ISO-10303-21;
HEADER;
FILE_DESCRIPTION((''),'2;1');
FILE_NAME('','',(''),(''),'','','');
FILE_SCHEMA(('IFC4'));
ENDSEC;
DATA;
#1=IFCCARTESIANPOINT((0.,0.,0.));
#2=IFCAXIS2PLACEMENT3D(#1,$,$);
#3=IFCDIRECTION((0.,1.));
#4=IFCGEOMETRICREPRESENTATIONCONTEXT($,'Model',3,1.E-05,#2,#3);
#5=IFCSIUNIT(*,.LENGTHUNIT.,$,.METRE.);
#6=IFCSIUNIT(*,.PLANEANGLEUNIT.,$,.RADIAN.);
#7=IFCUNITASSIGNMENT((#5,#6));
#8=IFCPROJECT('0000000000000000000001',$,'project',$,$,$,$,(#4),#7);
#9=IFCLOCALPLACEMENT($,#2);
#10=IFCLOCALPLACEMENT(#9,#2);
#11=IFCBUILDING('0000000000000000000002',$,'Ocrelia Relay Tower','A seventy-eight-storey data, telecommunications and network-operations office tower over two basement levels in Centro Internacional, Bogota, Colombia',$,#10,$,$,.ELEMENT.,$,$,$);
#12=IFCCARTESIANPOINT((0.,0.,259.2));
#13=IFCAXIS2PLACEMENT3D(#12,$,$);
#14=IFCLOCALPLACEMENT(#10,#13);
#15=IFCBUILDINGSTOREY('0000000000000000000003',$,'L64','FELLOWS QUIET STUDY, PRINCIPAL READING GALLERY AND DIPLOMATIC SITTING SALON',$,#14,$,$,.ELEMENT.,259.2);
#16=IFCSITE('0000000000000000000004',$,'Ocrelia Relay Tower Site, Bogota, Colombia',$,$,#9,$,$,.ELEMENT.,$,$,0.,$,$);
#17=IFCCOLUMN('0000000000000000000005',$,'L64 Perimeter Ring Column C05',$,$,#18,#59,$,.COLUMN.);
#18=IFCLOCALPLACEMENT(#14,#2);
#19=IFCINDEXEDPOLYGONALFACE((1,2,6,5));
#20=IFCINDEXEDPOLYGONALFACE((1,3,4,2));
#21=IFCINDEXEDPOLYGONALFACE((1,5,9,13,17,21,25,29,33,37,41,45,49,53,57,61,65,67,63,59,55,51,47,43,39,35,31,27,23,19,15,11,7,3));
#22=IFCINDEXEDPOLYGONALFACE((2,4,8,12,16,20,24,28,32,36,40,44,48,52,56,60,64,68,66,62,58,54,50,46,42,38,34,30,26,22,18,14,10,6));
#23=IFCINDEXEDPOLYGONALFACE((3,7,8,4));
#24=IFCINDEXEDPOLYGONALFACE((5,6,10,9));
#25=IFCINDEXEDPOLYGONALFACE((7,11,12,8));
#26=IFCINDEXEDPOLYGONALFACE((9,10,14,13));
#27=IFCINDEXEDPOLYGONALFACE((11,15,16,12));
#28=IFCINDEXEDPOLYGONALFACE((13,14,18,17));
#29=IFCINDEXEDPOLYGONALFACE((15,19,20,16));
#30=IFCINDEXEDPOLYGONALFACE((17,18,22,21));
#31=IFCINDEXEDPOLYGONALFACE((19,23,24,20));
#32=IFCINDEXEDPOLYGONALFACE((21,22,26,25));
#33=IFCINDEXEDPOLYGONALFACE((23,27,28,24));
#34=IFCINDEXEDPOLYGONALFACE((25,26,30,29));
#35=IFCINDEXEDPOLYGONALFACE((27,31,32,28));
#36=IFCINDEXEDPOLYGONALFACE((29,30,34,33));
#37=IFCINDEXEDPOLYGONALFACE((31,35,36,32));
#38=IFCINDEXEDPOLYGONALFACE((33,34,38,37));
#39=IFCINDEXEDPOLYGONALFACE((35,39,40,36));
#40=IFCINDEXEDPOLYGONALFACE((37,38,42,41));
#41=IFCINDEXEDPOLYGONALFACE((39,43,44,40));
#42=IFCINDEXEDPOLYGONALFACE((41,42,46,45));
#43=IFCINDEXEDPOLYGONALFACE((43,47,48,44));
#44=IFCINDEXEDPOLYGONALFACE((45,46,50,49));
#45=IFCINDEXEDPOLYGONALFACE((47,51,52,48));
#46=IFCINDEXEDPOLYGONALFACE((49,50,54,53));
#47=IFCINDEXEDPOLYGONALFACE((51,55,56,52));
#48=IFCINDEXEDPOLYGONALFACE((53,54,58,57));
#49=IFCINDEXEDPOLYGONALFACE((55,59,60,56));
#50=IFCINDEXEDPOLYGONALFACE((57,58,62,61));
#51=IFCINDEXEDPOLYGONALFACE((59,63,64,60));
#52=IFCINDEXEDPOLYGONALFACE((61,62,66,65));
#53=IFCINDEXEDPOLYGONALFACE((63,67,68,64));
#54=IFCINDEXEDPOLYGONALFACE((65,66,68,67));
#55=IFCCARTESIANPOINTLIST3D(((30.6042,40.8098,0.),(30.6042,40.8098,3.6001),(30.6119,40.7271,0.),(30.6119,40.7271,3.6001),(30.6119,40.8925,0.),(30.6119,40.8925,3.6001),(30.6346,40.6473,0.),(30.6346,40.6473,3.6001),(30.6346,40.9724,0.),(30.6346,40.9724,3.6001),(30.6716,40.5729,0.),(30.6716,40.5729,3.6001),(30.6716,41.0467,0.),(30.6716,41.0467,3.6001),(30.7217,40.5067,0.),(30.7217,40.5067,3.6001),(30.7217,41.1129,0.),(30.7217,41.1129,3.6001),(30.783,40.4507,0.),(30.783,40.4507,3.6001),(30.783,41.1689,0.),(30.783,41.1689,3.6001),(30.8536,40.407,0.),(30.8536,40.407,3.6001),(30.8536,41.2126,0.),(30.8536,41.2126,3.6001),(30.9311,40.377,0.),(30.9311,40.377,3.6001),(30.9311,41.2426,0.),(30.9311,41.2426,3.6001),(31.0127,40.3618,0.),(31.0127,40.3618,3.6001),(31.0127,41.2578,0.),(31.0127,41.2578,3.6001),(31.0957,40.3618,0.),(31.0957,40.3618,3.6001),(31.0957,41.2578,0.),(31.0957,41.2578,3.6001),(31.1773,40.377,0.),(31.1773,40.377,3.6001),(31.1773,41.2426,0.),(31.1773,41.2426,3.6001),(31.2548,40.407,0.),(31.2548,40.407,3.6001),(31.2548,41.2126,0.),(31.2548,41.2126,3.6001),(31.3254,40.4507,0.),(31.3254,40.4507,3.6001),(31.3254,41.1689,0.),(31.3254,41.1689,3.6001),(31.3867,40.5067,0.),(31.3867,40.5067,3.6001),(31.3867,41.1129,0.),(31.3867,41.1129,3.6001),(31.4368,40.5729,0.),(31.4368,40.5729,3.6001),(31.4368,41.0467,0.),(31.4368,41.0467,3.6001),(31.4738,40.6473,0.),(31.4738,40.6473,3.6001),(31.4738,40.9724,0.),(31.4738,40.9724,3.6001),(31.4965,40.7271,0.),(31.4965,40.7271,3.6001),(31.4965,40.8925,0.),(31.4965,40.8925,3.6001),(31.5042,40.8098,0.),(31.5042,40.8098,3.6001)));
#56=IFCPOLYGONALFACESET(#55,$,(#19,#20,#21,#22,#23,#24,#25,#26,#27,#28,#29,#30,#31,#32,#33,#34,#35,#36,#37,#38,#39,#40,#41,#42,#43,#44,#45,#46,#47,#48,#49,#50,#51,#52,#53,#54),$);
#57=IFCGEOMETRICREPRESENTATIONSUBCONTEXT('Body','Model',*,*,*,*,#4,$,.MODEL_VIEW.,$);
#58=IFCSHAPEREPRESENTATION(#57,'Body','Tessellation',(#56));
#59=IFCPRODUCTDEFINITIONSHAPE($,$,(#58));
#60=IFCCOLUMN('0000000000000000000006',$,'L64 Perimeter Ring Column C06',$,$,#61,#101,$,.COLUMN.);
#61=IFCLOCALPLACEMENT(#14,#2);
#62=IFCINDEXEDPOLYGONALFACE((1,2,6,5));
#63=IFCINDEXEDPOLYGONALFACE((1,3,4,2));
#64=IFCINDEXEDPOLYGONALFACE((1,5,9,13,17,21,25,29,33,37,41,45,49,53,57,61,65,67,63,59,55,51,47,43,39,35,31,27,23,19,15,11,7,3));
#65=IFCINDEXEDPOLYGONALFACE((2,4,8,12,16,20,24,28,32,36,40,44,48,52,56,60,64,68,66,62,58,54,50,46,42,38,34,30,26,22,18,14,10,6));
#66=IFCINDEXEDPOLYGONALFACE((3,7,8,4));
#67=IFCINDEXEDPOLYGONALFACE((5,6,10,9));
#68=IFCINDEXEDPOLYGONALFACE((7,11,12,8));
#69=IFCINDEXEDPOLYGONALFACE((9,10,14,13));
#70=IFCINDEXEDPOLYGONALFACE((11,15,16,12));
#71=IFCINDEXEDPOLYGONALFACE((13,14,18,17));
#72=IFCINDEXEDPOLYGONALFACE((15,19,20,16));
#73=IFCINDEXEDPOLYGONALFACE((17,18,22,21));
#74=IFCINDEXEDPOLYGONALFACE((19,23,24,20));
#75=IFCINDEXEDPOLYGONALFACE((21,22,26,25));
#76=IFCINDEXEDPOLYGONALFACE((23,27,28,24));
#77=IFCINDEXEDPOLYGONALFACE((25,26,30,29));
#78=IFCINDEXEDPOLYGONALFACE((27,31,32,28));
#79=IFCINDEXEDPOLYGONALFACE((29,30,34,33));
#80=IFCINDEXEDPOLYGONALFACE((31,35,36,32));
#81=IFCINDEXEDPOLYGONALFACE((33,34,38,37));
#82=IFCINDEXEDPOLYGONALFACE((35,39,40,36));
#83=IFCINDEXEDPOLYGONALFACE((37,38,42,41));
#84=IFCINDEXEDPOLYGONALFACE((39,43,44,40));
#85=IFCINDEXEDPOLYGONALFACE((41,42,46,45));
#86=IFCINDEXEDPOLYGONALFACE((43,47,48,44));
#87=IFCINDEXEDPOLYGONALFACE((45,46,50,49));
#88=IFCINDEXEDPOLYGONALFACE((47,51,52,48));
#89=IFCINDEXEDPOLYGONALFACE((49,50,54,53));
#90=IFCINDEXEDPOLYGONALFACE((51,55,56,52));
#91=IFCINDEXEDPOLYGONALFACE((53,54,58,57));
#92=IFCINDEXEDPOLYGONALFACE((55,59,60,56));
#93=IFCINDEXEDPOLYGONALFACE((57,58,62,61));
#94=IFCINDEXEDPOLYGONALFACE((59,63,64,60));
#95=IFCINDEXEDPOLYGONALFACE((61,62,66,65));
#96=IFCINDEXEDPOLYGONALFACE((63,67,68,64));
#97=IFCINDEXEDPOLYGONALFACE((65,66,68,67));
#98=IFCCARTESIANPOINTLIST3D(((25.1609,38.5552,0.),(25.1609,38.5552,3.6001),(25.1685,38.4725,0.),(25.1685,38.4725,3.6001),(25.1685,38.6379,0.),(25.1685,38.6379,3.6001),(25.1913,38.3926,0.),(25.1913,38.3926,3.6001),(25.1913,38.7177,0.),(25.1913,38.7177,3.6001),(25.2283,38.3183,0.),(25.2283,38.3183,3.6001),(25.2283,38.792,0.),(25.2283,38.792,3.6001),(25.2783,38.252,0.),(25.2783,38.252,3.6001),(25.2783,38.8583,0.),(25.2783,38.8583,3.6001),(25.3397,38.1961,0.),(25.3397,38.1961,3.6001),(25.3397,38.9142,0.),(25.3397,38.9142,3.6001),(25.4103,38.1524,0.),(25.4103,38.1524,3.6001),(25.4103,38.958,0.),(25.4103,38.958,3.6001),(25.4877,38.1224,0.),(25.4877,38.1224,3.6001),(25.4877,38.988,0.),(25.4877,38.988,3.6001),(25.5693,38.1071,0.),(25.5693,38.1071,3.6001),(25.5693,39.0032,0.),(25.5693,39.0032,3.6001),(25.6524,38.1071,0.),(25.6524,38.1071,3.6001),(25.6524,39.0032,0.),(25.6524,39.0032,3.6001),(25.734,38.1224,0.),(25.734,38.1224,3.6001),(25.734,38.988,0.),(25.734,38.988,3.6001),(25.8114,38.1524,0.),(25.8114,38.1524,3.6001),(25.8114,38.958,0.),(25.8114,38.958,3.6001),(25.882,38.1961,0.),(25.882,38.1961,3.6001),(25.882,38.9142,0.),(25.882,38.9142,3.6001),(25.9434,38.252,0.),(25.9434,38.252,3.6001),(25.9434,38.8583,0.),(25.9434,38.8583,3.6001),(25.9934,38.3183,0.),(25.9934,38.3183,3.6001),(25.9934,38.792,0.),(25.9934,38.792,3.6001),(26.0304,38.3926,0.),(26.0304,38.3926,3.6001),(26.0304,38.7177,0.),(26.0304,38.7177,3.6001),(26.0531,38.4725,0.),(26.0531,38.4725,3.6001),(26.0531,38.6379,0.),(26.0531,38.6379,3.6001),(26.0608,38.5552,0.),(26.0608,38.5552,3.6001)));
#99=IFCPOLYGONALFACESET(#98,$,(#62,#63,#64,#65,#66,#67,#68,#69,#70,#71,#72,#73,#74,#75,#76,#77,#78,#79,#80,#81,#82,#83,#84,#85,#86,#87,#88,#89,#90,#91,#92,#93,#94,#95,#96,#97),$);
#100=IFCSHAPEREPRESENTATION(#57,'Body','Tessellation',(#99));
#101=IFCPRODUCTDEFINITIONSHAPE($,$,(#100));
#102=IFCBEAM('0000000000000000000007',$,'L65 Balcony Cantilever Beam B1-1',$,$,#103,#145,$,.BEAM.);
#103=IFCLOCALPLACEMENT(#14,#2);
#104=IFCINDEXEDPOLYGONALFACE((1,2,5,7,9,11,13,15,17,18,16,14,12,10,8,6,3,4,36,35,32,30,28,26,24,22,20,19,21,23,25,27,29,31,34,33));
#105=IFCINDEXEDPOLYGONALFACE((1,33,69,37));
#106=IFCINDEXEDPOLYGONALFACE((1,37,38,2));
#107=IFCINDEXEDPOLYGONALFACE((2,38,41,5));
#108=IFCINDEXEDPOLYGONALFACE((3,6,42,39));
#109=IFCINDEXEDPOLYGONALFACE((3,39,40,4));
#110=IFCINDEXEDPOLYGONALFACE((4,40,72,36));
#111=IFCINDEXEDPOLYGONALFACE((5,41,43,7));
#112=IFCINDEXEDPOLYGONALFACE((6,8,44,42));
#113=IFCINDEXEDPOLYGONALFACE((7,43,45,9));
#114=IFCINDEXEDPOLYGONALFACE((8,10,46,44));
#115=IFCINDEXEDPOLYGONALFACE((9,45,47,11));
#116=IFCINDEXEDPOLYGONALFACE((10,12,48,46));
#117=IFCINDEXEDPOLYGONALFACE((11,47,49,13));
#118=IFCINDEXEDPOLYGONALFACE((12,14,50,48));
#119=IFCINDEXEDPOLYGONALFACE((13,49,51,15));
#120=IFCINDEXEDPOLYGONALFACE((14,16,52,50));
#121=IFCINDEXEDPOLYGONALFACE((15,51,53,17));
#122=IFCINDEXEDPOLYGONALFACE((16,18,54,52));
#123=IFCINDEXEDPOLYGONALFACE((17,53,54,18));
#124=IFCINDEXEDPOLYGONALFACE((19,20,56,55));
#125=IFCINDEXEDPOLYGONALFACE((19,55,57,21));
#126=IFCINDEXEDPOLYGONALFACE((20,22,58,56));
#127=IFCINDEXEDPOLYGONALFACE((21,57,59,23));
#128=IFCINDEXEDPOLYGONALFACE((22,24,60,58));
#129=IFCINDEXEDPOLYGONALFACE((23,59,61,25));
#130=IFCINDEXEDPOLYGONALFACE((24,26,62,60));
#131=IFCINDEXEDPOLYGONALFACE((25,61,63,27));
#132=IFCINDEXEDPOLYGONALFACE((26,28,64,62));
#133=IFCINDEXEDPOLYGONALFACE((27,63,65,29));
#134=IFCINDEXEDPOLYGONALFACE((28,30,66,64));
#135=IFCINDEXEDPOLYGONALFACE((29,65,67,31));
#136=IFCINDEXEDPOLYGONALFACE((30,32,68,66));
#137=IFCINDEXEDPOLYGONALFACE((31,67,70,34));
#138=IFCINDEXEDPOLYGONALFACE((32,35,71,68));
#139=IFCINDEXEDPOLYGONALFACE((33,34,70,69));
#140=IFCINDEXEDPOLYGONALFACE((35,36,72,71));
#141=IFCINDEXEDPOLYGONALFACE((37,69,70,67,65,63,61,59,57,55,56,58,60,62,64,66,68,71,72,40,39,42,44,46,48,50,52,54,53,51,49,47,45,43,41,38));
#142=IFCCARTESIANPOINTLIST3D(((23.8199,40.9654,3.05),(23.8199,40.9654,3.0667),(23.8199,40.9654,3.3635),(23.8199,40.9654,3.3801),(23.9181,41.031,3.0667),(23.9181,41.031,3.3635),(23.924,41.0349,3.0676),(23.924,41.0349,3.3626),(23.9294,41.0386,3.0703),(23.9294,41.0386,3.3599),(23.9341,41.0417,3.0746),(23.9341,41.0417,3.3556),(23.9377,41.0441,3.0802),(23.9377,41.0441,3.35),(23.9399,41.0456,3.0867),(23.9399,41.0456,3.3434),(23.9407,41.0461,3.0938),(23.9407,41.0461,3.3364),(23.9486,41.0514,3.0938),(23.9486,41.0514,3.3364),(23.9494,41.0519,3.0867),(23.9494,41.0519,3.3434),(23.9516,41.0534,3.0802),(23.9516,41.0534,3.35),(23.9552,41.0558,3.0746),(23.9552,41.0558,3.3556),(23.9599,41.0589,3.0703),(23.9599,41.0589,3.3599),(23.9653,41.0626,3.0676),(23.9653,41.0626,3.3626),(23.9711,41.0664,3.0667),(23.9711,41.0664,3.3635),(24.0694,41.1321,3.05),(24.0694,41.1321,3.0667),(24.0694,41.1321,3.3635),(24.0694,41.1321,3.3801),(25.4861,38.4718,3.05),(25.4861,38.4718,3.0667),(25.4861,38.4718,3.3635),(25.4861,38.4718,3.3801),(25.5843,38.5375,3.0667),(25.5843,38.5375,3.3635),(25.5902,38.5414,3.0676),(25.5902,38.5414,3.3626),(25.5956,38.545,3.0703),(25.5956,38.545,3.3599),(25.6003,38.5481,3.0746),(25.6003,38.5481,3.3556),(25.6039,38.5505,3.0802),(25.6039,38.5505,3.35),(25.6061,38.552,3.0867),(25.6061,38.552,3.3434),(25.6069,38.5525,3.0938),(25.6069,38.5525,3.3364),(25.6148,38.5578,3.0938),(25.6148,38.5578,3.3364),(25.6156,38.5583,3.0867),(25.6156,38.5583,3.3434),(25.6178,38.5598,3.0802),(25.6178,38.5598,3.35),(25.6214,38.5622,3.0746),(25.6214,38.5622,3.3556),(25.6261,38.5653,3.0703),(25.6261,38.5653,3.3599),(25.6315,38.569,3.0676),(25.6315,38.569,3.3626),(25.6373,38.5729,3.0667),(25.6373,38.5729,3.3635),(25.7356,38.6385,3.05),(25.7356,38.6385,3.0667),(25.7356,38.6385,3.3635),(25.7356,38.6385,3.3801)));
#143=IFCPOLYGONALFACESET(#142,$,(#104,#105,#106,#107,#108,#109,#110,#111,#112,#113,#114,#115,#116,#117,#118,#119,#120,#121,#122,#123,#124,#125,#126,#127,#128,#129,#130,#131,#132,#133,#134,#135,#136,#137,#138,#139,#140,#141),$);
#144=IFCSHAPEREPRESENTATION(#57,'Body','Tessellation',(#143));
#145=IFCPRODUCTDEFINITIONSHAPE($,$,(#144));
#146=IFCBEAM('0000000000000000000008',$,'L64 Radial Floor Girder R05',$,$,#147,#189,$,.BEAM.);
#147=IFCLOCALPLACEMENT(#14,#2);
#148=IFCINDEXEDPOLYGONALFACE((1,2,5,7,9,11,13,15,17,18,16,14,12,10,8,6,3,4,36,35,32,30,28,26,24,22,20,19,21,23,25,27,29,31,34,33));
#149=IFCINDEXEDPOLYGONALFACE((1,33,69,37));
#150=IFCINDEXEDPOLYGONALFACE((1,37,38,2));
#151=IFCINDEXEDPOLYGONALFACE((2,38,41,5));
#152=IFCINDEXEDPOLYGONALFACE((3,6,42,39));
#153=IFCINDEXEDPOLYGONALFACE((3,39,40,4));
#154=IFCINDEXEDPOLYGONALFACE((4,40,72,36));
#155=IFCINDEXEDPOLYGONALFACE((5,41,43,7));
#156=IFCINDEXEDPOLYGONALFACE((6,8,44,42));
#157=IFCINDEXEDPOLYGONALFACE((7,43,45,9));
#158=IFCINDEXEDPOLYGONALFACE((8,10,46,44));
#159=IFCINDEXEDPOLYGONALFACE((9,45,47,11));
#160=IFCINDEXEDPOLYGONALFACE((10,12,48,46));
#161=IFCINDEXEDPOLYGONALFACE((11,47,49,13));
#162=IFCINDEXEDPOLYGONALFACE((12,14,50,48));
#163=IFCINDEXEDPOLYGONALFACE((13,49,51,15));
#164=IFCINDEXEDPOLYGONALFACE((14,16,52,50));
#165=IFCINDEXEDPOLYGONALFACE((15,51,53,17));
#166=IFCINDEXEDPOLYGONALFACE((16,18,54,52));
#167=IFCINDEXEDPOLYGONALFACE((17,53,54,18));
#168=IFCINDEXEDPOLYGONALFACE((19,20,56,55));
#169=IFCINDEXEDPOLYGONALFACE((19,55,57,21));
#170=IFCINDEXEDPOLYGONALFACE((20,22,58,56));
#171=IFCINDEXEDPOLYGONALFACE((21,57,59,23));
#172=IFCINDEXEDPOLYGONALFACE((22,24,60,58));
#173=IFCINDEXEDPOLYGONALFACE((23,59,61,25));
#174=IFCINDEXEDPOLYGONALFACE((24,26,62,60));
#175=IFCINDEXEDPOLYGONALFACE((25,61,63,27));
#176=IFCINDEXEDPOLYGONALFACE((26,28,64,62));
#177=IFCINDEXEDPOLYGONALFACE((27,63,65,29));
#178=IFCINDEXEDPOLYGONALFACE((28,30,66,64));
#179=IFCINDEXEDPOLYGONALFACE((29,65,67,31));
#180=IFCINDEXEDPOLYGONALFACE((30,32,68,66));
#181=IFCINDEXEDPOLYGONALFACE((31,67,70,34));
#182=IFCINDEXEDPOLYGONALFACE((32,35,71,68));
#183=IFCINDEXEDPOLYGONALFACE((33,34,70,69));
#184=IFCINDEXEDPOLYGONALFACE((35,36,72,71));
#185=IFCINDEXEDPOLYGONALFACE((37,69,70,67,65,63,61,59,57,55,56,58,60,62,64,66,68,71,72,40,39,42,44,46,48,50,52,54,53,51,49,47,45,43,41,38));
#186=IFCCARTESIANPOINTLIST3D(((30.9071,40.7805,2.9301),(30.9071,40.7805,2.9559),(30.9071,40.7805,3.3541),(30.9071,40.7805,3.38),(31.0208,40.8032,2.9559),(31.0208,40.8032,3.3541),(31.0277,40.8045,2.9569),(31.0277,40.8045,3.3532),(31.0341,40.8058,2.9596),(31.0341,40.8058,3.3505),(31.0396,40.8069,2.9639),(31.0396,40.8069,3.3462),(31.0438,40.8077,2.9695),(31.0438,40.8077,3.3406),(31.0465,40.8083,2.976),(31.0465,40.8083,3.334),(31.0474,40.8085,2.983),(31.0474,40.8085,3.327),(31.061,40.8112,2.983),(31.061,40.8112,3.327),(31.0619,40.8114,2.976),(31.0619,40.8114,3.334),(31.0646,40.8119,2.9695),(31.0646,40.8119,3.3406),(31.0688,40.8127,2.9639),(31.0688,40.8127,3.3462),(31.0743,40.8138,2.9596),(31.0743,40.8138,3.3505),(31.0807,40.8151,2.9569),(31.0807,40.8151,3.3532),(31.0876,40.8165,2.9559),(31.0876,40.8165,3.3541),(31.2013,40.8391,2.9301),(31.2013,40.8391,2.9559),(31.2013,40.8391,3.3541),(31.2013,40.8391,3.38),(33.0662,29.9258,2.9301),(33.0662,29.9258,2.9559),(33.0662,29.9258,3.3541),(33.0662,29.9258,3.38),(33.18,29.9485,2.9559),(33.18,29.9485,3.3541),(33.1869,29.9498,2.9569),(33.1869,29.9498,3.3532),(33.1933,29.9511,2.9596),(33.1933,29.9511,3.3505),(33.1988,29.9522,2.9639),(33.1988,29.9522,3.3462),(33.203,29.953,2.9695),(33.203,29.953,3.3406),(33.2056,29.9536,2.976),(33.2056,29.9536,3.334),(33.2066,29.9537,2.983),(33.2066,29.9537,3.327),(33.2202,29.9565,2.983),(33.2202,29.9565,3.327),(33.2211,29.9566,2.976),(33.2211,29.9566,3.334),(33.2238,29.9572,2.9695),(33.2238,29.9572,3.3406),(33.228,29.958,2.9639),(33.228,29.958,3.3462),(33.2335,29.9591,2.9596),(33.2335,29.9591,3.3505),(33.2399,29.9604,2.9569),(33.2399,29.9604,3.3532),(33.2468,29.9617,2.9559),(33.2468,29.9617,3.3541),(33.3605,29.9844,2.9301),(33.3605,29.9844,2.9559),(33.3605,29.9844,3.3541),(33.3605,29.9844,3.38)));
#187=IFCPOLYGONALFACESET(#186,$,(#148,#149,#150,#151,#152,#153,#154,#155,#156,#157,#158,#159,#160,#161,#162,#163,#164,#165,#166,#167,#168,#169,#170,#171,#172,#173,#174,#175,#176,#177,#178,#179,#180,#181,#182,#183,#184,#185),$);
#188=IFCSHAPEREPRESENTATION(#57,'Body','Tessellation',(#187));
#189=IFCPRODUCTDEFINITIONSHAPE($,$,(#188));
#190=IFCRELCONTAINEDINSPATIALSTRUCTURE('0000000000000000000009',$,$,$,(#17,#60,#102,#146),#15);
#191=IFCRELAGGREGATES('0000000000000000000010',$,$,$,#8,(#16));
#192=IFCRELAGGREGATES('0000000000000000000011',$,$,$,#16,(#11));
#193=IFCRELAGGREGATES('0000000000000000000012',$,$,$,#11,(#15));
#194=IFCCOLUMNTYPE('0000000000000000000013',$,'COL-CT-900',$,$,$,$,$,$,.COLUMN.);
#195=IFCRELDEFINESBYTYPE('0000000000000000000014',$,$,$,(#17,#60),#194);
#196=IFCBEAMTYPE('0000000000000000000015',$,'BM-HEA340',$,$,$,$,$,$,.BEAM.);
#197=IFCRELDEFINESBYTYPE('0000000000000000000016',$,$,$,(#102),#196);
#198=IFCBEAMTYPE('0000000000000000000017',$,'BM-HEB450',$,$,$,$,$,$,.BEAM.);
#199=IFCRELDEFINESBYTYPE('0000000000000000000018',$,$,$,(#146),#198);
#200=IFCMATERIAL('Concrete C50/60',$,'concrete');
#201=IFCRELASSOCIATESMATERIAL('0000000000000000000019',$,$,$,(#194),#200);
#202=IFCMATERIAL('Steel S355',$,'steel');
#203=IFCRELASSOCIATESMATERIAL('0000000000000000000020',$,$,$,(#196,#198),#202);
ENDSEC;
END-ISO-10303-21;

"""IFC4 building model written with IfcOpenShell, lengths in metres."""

from ifc_helpers import new_model, si_unit, direction, frame, origin, origin_2d, place, context, subcontext, project, spatial, circle, i_section, extrude, material, material_profile, profile_set, type_object, element, save


model = new_model("IFC4")

# Units and contexts
model_context = context("Model", 3, precision=1e-05, world=origin(), true_north=direction((0.0, 1.0)))
body_context = subcontext(model_context, "Body", "Model", "MODEL_VIEW")
ifc_project = project(units=[si_unit("LENGTHUNIT", "METRE"), si_unit("PLANEANGLEUNIT", "RADIAN")], contexts=[model_context])

# Site, building, storey
site_placement = place(None, origin())
site = spatial("IfcSite", under=ifc_project, at=site_placement, Name="Ocrelia Relay Tower Site, Bogota, Colombia", CompositionType="ELEMENT", RefElevation=0.0)
building_placement = place(site_placement, origin())
building = spatial("IfcBuilding", under=site, at=building_placement, Name="Ocrelia Relay Tower", Description="A seventy-eight-storey data, telecommunications and network-operations office tower over two basement levels in Centro Internacional, Bogota, Colombia", CompositionType="ELEMENT")
storey_placement = place(building_placement, frame((0.0, 0.0, 259.2)))
storey = spatial("IfcBuildingStorey", under=building, at=storey_placement, Name="L64", Description="FELLOWS QUIET STUDY, PRINCIPAL READING GALLERY AND DIPLOMATIC SITTING SALON", CompositionType="ELEMENT", Elevation=259.2)

# Columns
ifc_material_1 = material(Name="Concrete C50/60", Category="concrete")
ifc_material_profile_1 = material_profile(ifc_material_1, circle(Radius=0.45, at=origin_2d()), Name="RC-CIR-900")
ifc_profile_set_1 = profile_set([ifc_material_profile_1], Name="Concrete C50/60")
column_type = type_object("IfcColumnType", Name="COL-CT-900", PredefinedType="COLUMN", material=ifc_profile_set_1)
for number, where, z_axis, x_axis, name in (
    (1, (31.0542, 40.8098, 0.0), (0.0, 0.0, 1.0), (1.0, 0.0, 0.0), "L64 Perimeter Ring Column C05"),
    (2, (25.6108, 38.5552, 0.0), (0.0, 0.0, 1.0), (1.0, 0.0, 0.0), "L64 Perimeter Ring Column C06"),
):
    element("IfcColumn", number, at=place(storey_placement, frame(where, z_axis=z_axis, x_axis=x_axis)), inside=storey, type_object=column_type, Name=name, PredefinedType="COLUMN", context=body_context, shape_type="SweptSolid", body=[
        extrude(circle(Radius=0.45, at=origin_2d()), origin(), (0.0, 0.0, 1.0), 3.6001),
    ])

# Beams
ifc_material_2 = material(Name="Steel S355", Category="steel")
ifc_material_profile_2 = material_profile(ifc_material_2, i_section(OverallWidth=0.3, OverallDepth=0.3301, WebThickness=0.0095, FlangeThickness=0.0166, FilletRadius=0.0271, at=origin_2d()), Name="HEA 340")
ifc_profile_set_2 = profile_set([ifc_material_profile_2], Name="Steel S355")
beam_type_1 = type_object("IfcBeamType", Name="BM-HEA340", PredefinedType="BEAM", material=ifc_profile_set_2)
beam_1_placement = place(storey_placement, frame((25.6108, 38.5552, 3.2151), z_axis=(-0.555583, 0.831461, 0.0), x_axis=(-0.831461, -0.555583, 0.0)))
element("IfcBeam", 3, at=beam_1_placement, inside=storey, type_object=beam_type_1, Name="L65 Balcony Cantilever Beam B1-1", PredefinedType="BEAM", context=body_context, shape_type="SweptSolid", body=[
    extrude(i_section(OverallWidth=0.3, OverallDepth=0.3301, WebThickness=0.0095, FlangeThickness=0.0166, FilletRadius=0.0271, at=origin_2d()), origin(), (0.0, 0.0, 1.0), 2.999),
])
ifc_material_profile_3 = material_profile(ifc_material_2, i_section(OverallWidth=0.3, OverallDepth=0.45, WebThickness=0.0139, FlangeThickness=0.0259, FilletRadius=0.0271, at=origin_2d()), Name="HEB 450")
ifc_profile_set_3 = profile_set([ifc_material_profile_3], Name="Steel S355")
beam_type_2 = type_object("IfcBeamType", Name="BM-HEB450", PredefinedType="BEAM", material=ifc_profile_set_3)
beam_2_placement = place(storey_placement, frame((31.0542, 40.8098, 3.155), z_axis=(0.195094, -0.980785, 0.0), x_axis=(0.980785, 0.195094, 0.0)))
element("IfcBeam", 4, at=beam_2_placement, inside=storey, type_object=beam_type_2, Name="L64 Radial Floor Girder R05", PredefinedType="BEAM", context=body_context, shape_type="SweptSolid", body=[
    extrude(i_section(OverallWidth=0.3, OverallDepth=0.45, WebThickness=0.0139, FlangeThickness=0.0259, FilletRadius=0.0271, at=origin_2d()), origin(), (0.0, 0.0, 1.0), 11.0674),
])

save(model, "model.ifc")
